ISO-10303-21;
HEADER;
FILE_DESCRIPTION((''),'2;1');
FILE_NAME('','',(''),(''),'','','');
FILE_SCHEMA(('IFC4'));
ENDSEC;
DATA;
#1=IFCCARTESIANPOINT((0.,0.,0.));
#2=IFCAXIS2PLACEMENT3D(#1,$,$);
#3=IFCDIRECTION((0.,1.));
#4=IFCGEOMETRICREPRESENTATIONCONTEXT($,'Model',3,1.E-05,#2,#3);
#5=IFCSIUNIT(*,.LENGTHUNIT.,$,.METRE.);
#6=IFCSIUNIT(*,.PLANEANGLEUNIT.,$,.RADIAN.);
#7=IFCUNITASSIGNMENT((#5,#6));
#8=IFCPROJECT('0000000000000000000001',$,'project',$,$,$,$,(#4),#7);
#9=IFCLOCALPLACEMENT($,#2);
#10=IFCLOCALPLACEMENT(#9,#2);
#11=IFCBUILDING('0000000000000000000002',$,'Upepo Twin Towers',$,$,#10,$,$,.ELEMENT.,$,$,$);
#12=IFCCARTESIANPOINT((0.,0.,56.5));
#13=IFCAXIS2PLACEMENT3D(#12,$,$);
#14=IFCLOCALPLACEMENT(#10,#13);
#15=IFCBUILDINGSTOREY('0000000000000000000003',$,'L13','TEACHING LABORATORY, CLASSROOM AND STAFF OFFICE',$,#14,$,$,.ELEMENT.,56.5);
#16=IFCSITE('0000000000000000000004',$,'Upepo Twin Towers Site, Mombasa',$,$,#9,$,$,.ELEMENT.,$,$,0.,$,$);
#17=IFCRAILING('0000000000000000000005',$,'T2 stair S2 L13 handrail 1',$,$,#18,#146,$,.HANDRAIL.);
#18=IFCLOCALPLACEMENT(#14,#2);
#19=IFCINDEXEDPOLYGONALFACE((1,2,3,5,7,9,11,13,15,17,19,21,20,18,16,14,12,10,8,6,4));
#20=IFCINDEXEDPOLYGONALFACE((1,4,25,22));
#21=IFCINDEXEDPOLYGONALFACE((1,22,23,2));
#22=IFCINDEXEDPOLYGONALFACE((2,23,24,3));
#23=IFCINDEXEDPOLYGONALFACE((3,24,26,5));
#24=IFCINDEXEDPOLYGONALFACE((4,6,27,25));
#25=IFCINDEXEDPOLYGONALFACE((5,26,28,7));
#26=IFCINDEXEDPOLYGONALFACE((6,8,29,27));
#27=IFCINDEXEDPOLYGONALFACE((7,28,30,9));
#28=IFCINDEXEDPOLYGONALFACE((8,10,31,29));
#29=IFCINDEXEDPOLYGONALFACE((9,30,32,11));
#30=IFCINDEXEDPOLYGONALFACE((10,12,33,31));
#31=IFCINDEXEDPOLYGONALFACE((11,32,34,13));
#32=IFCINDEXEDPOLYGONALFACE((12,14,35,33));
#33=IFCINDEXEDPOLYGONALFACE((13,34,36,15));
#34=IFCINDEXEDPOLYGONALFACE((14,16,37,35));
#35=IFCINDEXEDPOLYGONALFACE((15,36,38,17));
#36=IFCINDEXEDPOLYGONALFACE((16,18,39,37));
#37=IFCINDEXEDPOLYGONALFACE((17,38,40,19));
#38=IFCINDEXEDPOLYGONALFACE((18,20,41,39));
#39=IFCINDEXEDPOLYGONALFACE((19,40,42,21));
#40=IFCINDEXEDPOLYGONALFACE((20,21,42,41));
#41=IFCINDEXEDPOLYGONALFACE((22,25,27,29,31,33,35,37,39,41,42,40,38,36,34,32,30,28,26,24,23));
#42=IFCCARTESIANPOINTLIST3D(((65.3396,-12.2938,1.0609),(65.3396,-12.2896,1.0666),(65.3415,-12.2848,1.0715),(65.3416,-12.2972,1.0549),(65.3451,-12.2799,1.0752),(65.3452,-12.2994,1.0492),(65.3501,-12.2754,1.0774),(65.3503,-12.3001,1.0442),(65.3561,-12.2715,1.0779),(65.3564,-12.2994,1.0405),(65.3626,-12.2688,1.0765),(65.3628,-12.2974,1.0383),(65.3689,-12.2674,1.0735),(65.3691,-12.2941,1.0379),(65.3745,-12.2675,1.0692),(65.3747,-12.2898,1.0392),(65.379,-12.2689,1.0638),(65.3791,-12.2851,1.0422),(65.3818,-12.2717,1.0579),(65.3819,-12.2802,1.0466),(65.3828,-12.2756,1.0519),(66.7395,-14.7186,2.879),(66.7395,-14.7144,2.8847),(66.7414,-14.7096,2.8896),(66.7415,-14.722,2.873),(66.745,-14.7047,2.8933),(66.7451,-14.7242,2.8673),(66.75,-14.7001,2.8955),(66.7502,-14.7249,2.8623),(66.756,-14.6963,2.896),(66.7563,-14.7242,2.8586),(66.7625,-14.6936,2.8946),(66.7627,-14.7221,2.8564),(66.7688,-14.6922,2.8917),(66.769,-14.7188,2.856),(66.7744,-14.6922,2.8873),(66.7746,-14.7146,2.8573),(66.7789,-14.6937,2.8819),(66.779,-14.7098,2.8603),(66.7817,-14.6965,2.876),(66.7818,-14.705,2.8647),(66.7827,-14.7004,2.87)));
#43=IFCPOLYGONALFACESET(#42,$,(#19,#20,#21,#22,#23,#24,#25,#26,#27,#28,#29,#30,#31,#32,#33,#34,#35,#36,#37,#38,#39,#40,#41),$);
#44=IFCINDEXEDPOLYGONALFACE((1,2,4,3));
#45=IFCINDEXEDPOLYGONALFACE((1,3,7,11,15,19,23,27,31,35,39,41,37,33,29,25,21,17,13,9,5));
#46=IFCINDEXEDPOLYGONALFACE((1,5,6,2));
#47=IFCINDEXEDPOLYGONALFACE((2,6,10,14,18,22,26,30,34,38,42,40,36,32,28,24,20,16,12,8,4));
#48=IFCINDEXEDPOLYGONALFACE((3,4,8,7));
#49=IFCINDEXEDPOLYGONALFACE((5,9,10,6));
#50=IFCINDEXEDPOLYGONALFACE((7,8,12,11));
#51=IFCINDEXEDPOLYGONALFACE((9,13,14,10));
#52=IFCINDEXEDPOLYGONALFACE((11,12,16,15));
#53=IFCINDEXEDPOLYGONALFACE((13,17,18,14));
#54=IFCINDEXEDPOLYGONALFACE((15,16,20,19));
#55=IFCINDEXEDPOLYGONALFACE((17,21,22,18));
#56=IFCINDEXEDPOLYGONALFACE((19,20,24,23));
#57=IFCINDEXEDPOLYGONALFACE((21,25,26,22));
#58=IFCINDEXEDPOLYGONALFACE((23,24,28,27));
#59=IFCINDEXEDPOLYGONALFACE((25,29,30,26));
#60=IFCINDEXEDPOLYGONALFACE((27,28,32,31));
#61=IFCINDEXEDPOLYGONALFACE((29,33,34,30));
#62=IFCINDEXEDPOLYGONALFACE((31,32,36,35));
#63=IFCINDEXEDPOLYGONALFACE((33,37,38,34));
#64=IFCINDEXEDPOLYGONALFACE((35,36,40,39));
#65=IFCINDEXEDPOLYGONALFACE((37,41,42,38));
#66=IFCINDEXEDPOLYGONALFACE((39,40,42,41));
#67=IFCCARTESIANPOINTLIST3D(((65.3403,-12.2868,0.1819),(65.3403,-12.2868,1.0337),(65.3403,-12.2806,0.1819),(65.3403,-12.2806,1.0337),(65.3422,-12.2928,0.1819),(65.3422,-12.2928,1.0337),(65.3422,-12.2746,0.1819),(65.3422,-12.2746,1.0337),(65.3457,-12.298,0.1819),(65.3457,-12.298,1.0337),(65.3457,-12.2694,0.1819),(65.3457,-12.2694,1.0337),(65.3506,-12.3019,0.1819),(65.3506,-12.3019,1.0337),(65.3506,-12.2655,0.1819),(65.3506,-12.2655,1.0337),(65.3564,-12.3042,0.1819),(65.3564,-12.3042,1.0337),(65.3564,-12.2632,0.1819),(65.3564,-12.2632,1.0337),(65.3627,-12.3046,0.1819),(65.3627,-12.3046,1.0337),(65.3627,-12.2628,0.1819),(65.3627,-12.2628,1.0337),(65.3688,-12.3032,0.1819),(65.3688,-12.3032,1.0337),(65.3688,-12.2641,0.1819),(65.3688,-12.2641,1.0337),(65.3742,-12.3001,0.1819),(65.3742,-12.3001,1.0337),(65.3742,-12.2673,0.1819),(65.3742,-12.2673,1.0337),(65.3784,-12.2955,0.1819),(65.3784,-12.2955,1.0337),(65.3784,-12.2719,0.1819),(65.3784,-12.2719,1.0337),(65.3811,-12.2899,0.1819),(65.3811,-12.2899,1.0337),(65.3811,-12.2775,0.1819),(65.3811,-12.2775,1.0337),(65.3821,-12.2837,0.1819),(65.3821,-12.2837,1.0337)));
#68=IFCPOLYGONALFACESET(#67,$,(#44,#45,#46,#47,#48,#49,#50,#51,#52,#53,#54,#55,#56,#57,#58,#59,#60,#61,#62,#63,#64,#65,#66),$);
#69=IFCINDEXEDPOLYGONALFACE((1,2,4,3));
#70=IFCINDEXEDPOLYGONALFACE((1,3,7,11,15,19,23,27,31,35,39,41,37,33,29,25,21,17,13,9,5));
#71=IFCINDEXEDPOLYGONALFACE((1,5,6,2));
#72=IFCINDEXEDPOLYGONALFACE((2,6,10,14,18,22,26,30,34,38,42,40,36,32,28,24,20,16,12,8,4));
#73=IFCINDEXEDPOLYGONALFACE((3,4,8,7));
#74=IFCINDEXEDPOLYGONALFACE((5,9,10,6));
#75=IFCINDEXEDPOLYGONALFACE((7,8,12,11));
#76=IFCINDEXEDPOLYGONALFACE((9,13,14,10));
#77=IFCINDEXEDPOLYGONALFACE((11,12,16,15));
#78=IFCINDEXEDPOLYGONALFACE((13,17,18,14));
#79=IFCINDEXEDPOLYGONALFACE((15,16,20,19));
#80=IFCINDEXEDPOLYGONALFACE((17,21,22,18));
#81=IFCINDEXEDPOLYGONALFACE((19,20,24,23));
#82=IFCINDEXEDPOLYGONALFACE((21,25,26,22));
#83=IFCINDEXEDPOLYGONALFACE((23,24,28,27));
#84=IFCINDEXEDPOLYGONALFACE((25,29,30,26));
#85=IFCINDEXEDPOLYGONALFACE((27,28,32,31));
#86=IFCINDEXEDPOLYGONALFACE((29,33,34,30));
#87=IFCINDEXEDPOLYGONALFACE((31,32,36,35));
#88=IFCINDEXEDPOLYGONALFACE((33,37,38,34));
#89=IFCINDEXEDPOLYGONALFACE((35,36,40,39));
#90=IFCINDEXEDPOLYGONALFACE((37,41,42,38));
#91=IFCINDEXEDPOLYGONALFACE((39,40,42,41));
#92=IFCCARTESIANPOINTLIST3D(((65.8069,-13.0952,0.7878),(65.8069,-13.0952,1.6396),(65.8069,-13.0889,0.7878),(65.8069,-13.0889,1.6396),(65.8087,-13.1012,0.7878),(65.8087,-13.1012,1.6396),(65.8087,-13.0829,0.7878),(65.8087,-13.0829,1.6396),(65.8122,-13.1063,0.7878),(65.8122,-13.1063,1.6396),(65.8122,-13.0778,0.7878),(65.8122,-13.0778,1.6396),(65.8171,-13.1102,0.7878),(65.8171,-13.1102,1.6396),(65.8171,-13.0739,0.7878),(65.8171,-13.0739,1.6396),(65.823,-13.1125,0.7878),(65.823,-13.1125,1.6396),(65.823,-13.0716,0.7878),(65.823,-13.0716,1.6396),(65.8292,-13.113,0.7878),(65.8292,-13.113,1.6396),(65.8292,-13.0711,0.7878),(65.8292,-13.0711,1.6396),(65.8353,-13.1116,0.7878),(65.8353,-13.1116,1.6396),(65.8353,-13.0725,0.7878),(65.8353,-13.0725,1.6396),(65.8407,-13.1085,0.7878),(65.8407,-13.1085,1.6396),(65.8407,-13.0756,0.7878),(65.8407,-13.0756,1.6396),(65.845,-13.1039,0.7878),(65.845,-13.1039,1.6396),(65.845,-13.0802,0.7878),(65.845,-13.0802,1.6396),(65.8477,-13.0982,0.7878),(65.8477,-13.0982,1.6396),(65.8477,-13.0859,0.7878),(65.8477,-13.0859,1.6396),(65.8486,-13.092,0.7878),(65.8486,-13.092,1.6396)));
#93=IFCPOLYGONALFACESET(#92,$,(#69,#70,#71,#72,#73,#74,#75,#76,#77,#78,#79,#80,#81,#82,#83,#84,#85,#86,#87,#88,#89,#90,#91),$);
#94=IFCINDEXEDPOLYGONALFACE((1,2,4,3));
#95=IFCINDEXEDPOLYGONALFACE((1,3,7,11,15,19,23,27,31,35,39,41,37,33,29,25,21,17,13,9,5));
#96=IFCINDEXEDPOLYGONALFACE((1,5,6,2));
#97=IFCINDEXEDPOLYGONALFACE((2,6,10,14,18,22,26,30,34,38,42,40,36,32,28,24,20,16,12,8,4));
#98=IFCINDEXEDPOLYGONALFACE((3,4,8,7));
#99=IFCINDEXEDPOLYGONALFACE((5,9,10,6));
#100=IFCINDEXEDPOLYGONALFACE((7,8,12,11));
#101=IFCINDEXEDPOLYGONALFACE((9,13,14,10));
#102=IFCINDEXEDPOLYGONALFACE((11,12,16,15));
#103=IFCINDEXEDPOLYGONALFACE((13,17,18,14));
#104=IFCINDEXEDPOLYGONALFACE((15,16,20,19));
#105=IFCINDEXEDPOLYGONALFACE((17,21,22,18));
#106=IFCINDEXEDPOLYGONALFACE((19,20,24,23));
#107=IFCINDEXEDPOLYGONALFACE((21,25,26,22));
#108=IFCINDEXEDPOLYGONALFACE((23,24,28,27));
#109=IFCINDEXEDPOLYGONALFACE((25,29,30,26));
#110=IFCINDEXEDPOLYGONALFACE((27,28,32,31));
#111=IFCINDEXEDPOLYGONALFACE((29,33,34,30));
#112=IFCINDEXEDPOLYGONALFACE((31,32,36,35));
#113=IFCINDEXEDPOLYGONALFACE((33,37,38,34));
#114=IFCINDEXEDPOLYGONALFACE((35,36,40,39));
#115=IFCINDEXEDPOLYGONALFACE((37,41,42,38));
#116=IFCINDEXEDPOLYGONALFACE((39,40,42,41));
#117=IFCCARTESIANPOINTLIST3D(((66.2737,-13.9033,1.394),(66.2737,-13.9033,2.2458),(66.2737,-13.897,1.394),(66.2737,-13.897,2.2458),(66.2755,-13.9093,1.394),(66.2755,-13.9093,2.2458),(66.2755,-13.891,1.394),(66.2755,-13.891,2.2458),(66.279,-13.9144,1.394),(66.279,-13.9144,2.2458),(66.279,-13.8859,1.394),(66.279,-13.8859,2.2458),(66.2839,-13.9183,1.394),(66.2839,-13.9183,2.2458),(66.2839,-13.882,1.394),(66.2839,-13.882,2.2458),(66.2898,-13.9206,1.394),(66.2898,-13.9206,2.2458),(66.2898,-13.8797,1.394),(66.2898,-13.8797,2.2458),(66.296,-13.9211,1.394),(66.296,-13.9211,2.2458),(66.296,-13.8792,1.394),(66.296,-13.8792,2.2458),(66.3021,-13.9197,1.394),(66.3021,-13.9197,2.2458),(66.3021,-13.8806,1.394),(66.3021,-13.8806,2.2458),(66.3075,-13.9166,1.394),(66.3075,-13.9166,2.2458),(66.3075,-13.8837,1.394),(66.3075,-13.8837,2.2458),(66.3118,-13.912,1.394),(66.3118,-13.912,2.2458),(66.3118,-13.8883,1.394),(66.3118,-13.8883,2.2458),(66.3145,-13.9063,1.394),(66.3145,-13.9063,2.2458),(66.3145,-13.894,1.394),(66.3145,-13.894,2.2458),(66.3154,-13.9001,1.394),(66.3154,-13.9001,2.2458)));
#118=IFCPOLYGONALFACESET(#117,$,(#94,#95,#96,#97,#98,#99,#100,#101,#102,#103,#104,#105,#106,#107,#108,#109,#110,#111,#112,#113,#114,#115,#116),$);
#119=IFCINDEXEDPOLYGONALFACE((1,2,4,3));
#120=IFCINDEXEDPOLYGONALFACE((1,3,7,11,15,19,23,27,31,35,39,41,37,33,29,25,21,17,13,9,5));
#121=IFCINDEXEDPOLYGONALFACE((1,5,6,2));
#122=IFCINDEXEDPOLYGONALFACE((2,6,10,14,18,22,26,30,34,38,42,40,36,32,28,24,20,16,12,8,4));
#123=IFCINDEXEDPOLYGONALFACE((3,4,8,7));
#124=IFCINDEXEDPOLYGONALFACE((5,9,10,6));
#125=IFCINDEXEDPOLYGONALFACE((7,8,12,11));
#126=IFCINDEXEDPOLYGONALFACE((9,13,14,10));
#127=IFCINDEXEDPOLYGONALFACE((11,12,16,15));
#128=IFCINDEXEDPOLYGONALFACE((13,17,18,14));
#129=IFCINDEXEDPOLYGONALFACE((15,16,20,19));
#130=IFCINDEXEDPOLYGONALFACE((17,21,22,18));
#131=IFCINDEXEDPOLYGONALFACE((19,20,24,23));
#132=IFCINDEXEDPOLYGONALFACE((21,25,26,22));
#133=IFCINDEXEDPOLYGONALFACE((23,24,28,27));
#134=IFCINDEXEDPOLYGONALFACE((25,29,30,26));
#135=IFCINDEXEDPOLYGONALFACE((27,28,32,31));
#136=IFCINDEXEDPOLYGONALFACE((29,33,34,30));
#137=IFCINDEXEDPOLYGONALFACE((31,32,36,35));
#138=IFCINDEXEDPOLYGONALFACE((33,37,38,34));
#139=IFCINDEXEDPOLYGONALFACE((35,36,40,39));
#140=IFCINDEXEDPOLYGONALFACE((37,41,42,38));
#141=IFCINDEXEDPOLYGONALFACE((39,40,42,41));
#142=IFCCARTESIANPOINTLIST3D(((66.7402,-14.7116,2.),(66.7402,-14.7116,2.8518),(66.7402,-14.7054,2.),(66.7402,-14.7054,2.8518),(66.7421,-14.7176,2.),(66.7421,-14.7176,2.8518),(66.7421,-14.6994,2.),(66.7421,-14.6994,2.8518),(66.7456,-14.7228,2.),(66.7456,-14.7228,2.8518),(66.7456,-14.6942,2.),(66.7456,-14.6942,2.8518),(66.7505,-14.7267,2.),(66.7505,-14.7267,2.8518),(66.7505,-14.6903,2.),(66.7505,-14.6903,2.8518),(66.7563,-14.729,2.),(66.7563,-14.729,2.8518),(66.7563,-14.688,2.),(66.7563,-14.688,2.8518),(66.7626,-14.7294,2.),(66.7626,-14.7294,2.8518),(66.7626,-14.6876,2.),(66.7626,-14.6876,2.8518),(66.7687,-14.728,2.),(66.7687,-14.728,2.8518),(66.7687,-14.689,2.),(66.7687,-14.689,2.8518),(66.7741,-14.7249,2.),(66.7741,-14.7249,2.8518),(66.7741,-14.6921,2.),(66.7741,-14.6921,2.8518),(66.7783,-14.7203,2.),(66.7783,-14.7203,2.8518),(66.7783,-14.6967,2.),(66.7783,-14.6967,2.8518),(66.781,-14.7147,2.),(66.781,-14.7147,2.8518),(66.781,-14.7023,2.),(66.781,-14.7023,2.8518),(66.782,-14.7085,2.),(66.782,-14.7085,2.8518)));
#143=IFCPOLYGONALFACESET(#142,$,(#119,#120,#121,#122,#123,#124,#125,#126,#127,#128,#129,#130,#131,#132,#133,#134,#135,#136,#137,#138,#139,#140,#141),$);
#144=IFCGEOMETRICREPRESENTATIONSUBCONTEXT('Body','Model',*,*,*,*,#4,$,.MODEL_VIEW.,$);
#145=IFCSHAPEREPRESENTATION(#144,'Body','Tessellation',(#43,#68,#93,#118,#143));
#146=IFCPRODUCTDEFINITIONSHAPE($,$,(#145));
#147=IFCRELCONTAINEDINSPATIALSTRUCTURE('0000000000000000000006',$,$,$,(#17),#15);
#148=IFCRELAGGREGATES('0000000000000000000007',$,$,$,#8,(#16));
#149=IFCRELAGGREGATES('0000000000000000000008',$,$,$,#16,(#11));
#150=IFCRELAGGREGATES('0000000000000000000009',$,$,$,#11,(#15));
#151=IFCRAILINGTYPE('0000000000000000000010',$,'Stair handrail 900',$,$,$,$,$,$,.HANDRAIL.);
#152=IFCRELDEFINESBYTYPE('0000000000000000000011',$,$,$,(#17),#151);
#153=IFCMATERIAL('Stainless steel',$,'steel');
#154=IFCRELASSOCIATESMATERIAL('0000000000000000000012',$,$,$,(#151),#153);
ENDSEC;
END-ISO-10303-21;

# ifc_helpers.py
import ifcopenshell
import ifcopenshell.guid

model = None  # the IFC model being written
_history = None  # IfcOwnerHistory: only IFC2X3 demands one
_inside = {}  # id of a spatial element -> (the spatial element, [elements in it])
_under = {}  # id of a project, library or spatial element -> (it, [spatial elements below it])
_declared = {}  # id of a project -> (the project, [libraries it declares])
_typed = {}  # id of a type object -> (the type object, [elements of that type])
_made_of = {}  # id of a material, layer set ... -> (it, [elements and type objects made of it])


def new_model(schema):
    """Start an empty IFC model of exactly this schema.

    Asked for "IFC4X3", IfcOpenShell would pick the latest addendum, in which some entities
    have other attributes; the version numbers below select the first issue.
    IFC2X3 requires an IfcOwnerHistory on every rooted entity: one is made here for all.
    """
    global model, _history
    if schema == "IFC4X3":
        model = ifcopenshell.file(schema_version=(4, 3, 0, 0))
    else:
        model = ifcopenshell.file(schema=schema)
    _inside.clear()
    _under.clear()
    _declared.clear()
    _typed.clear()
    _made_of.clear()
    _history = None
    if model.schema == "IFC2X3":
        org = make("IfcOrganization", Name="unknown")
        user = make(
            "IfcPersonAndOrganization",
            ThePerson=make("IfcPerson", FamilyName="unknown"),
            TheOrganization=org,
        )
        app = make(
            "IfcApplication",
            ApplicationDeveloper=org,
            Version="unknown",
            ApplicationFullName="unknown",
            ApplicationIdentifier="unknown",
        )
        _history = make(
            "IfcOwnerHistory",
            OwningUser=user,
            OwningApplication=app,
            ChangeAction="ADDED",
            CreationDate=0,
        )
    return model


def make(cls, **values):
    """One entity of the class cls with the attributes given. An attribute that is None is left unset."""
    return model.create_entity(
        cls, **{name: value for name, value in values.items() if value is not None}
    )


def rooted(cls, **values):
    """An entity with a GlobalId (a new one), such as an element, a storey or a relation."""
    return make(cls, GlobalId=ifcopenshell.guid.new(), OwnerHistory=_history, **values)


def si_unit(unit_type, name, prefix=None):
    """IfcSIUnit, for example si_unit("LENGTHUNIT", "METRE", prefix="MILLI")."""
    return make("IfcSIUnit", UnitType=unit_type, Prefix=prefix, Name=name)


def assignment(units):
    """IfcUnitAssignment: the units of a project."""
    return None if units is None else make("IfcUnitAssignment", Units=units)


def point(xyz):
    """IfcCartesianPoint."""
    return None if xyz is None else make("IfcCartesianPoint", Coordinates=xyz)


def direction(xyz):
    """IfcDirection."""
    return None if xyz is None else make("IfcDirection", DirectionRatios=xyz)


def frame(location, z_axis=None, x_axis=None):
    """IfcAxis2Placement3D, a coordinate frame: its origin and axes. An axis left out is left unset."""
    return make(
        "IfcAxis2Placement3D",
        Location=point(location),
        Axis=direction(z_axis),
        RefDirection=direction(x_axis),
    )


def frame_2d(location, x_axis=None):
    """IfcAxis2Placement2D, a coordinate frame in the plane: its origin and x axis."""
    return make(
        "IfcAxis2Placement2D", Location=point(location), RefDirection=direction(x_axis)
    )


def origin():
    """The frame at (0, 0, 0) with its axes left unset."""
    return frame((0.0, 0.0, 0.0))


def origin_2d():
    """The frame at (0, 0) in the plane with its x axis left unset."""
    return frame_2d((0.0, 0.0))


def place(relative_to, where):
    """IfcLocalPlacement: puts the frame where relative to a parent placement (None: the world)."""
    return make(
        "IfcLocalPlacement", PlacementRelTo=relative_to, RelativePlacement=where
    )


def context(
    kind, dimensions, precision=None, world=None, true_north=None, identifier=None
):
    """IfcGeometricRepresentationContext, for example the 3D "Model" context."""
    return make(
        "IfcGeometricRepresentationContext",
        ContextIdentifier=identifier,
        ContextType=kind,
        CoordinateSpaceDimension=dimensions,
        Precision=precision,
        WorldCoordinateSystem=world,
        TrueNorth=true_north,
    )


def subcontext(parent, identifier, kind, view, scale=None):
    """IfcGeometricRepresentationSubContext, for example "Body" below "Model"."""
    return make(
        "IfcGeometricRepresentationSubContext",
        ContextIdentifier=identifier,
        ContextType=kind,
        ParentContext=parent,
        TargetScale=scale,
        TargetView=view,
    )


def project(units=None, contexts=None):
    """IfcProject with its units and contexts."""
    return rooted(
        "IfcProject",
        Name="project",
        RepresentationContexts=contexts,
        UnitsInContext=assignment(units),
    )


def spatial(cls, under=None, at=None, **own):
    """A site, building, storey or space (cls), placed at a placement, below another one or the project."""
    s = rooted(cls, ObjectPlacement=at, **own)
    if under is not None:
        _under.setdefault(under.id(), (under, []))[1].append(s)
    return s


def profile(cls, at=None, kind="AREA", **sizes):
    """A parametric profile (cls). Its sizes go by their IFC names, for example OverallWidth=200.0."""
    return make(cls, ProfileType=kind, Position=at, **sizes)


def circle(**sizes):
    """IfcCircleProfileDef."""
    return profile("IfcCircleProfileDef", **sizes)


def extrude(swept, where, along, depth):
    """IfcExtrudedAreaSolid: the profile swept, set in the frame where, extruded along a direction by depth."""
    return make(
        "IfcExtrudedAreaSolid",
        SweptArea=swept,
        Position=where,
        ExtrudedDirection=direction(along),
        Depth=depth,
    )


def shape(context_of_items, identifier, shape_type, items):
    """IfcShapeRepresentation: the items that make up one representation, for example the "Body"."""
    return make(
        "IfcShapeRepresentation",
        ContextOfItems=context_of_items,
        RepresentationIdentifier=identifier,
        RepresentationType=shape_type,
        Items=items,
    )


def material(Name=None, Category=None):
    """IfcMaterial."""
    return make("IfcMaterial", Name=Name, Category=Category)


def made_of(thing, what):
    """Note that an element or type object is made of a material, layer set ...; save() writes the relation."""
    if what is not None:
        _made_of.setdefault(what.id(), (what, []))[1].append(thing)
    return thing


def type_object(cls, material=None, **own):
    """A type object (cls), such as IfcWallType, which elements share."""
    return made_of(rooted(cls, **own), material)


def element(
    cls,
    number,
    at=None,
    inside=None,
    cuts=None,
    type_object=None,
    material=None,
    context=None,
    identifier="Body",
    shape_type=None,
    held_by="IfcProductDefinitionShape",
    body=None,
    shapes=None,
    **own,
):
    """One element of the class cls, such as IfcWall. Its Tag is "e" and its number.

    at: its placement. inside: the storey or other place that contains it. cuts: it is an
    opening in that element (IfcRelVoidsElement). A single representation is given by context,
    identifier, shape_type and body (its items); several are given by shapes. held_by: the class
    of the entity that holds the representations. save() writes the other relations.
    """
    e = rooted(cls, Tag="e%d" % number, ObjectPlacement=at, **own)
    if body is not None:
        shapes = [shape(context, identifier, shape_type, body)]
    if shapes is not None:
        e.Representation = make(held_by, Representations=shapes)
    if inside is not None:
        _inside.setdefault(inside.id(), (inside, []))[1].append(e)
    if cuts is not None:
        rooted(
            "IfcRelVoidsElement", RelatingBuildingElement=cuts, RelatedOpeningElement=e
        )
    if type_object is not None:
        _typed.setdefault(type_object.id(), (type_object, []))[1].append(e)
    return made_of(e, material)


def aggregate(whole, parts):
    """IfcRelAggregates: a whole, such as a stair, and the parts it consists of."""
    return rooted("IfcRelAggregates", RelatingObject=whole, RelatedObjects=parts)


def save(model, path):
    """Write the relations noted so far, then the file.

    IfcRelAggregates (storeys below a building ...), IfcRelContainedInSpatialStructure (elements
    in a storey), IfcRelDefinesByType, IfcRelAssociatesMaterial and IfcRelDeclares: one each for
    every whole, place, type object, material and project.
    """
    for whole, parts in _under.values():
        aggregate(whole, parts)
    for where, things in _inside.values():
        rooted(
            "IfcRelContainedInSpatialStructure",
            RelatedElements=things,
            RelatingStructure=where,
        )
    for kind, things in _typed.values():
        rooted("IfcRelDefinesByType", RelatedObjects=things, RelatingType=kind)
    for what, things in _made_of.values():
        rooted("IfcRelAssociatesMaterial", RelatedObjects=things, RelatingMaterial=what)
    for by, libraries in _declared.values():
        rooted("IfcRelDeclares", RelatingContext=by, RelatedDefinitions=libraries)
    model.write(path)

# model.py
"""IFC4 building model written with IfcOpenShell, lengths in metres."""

from ifc_helpers import new_model, si_unit, direction, frame, origin, origin_2d, place, context, subcontext, project, spatial, circle, extrude, material, type_object, element, save


model = new_model("IFC4")

# Units and contexts
model_context = context("Model", 3, precision=1e-05, world=origin(), true_north=direction((0.0, 1.0)))
body_context = subcontext(model_context, "Body", "Model", "MODEL_VIEW")
ifc_project = project(units=[si_unit("LENGTHUNIT", "METRE"), si_unit("PLANEANGLEUNIT", "RADIAN")], contexts=[model_context])

# Site, building, storey
site_placement = place(None, origin())
site = spatial("IfcSite", under=ifc_project, at=site_placement, Name="Upepo Twin Towers Site, Mombasa", CompositionType="ELEMENT", RefElevation=0.0)
building_placement = place(site_placement, origin())
building = spatial("IfcBuilding", under=site, at=building_placement, Name="Upepo Twin Towers", CompositionType="ELEMENT")
storey_placement = place(building_placement, frame((0.0, 0.0, 56.5)))
storey = spatial("IfcBuildingStorey", under=building, at=storey_placement, Name="L13", Description="TEACHING LABORATORY, CLASSROOM AND STAFF OFFICE", CompositionType="ELEMENT", Elevation=56.5)

# Railing
ifc_material_1 = material(Name="Stainless steel", Category="steel")
railing_type = type_object("IfcRailingType", Name="Stair handrail 900", PredefinedType="HANDRAIL", material=ifc_material_1)
railing_1_placement = place(storey_placement, frame((65.3611, -12.2837, 0.1819)))
element("IfcRailing", 1, at=railing_1_placement, inside=storey, type_object=railing_type, Name="T2 stair S2 L13 handrail 1", PredefinedType="HANDRAIL", context=body_context, shape_type="SweptSolid", body=[
    extrude(circle(Radius=0.0239, at=origin_2d()), frame((0.0, 0.0, 0.876), z_axis=(0.419333, -0.726336, 0.544606), x_axis=(0.866035, 0.499984, 0.0)), (0.0, 0.0, 1.0), 3.3384),
    extrude(circle(Radius=0.021, at=origin_2d()), origin(), (0.0, 0.0, 1.0), 0.8518),
    extrude(circle(Radius=0.021, at=origin_2d()), frame((0.4666, -0.8083, 0.606)), (0.0, 0.0, 1.0), 0.8518),
    extrude(circle(Radius=0.021, at=origin_2d()), frame((0.9333, -1.6165, 1.2122)), (0.0, 0.0, 1.0), 0.8518),
    extrude(circle(Radius=0.021, at=origin_2d()), frame((1.3999, -2.4248, 1.8181)), (0.0, 0.0, 1.0), 0.8518),
])

save(model, "model.ifc")
